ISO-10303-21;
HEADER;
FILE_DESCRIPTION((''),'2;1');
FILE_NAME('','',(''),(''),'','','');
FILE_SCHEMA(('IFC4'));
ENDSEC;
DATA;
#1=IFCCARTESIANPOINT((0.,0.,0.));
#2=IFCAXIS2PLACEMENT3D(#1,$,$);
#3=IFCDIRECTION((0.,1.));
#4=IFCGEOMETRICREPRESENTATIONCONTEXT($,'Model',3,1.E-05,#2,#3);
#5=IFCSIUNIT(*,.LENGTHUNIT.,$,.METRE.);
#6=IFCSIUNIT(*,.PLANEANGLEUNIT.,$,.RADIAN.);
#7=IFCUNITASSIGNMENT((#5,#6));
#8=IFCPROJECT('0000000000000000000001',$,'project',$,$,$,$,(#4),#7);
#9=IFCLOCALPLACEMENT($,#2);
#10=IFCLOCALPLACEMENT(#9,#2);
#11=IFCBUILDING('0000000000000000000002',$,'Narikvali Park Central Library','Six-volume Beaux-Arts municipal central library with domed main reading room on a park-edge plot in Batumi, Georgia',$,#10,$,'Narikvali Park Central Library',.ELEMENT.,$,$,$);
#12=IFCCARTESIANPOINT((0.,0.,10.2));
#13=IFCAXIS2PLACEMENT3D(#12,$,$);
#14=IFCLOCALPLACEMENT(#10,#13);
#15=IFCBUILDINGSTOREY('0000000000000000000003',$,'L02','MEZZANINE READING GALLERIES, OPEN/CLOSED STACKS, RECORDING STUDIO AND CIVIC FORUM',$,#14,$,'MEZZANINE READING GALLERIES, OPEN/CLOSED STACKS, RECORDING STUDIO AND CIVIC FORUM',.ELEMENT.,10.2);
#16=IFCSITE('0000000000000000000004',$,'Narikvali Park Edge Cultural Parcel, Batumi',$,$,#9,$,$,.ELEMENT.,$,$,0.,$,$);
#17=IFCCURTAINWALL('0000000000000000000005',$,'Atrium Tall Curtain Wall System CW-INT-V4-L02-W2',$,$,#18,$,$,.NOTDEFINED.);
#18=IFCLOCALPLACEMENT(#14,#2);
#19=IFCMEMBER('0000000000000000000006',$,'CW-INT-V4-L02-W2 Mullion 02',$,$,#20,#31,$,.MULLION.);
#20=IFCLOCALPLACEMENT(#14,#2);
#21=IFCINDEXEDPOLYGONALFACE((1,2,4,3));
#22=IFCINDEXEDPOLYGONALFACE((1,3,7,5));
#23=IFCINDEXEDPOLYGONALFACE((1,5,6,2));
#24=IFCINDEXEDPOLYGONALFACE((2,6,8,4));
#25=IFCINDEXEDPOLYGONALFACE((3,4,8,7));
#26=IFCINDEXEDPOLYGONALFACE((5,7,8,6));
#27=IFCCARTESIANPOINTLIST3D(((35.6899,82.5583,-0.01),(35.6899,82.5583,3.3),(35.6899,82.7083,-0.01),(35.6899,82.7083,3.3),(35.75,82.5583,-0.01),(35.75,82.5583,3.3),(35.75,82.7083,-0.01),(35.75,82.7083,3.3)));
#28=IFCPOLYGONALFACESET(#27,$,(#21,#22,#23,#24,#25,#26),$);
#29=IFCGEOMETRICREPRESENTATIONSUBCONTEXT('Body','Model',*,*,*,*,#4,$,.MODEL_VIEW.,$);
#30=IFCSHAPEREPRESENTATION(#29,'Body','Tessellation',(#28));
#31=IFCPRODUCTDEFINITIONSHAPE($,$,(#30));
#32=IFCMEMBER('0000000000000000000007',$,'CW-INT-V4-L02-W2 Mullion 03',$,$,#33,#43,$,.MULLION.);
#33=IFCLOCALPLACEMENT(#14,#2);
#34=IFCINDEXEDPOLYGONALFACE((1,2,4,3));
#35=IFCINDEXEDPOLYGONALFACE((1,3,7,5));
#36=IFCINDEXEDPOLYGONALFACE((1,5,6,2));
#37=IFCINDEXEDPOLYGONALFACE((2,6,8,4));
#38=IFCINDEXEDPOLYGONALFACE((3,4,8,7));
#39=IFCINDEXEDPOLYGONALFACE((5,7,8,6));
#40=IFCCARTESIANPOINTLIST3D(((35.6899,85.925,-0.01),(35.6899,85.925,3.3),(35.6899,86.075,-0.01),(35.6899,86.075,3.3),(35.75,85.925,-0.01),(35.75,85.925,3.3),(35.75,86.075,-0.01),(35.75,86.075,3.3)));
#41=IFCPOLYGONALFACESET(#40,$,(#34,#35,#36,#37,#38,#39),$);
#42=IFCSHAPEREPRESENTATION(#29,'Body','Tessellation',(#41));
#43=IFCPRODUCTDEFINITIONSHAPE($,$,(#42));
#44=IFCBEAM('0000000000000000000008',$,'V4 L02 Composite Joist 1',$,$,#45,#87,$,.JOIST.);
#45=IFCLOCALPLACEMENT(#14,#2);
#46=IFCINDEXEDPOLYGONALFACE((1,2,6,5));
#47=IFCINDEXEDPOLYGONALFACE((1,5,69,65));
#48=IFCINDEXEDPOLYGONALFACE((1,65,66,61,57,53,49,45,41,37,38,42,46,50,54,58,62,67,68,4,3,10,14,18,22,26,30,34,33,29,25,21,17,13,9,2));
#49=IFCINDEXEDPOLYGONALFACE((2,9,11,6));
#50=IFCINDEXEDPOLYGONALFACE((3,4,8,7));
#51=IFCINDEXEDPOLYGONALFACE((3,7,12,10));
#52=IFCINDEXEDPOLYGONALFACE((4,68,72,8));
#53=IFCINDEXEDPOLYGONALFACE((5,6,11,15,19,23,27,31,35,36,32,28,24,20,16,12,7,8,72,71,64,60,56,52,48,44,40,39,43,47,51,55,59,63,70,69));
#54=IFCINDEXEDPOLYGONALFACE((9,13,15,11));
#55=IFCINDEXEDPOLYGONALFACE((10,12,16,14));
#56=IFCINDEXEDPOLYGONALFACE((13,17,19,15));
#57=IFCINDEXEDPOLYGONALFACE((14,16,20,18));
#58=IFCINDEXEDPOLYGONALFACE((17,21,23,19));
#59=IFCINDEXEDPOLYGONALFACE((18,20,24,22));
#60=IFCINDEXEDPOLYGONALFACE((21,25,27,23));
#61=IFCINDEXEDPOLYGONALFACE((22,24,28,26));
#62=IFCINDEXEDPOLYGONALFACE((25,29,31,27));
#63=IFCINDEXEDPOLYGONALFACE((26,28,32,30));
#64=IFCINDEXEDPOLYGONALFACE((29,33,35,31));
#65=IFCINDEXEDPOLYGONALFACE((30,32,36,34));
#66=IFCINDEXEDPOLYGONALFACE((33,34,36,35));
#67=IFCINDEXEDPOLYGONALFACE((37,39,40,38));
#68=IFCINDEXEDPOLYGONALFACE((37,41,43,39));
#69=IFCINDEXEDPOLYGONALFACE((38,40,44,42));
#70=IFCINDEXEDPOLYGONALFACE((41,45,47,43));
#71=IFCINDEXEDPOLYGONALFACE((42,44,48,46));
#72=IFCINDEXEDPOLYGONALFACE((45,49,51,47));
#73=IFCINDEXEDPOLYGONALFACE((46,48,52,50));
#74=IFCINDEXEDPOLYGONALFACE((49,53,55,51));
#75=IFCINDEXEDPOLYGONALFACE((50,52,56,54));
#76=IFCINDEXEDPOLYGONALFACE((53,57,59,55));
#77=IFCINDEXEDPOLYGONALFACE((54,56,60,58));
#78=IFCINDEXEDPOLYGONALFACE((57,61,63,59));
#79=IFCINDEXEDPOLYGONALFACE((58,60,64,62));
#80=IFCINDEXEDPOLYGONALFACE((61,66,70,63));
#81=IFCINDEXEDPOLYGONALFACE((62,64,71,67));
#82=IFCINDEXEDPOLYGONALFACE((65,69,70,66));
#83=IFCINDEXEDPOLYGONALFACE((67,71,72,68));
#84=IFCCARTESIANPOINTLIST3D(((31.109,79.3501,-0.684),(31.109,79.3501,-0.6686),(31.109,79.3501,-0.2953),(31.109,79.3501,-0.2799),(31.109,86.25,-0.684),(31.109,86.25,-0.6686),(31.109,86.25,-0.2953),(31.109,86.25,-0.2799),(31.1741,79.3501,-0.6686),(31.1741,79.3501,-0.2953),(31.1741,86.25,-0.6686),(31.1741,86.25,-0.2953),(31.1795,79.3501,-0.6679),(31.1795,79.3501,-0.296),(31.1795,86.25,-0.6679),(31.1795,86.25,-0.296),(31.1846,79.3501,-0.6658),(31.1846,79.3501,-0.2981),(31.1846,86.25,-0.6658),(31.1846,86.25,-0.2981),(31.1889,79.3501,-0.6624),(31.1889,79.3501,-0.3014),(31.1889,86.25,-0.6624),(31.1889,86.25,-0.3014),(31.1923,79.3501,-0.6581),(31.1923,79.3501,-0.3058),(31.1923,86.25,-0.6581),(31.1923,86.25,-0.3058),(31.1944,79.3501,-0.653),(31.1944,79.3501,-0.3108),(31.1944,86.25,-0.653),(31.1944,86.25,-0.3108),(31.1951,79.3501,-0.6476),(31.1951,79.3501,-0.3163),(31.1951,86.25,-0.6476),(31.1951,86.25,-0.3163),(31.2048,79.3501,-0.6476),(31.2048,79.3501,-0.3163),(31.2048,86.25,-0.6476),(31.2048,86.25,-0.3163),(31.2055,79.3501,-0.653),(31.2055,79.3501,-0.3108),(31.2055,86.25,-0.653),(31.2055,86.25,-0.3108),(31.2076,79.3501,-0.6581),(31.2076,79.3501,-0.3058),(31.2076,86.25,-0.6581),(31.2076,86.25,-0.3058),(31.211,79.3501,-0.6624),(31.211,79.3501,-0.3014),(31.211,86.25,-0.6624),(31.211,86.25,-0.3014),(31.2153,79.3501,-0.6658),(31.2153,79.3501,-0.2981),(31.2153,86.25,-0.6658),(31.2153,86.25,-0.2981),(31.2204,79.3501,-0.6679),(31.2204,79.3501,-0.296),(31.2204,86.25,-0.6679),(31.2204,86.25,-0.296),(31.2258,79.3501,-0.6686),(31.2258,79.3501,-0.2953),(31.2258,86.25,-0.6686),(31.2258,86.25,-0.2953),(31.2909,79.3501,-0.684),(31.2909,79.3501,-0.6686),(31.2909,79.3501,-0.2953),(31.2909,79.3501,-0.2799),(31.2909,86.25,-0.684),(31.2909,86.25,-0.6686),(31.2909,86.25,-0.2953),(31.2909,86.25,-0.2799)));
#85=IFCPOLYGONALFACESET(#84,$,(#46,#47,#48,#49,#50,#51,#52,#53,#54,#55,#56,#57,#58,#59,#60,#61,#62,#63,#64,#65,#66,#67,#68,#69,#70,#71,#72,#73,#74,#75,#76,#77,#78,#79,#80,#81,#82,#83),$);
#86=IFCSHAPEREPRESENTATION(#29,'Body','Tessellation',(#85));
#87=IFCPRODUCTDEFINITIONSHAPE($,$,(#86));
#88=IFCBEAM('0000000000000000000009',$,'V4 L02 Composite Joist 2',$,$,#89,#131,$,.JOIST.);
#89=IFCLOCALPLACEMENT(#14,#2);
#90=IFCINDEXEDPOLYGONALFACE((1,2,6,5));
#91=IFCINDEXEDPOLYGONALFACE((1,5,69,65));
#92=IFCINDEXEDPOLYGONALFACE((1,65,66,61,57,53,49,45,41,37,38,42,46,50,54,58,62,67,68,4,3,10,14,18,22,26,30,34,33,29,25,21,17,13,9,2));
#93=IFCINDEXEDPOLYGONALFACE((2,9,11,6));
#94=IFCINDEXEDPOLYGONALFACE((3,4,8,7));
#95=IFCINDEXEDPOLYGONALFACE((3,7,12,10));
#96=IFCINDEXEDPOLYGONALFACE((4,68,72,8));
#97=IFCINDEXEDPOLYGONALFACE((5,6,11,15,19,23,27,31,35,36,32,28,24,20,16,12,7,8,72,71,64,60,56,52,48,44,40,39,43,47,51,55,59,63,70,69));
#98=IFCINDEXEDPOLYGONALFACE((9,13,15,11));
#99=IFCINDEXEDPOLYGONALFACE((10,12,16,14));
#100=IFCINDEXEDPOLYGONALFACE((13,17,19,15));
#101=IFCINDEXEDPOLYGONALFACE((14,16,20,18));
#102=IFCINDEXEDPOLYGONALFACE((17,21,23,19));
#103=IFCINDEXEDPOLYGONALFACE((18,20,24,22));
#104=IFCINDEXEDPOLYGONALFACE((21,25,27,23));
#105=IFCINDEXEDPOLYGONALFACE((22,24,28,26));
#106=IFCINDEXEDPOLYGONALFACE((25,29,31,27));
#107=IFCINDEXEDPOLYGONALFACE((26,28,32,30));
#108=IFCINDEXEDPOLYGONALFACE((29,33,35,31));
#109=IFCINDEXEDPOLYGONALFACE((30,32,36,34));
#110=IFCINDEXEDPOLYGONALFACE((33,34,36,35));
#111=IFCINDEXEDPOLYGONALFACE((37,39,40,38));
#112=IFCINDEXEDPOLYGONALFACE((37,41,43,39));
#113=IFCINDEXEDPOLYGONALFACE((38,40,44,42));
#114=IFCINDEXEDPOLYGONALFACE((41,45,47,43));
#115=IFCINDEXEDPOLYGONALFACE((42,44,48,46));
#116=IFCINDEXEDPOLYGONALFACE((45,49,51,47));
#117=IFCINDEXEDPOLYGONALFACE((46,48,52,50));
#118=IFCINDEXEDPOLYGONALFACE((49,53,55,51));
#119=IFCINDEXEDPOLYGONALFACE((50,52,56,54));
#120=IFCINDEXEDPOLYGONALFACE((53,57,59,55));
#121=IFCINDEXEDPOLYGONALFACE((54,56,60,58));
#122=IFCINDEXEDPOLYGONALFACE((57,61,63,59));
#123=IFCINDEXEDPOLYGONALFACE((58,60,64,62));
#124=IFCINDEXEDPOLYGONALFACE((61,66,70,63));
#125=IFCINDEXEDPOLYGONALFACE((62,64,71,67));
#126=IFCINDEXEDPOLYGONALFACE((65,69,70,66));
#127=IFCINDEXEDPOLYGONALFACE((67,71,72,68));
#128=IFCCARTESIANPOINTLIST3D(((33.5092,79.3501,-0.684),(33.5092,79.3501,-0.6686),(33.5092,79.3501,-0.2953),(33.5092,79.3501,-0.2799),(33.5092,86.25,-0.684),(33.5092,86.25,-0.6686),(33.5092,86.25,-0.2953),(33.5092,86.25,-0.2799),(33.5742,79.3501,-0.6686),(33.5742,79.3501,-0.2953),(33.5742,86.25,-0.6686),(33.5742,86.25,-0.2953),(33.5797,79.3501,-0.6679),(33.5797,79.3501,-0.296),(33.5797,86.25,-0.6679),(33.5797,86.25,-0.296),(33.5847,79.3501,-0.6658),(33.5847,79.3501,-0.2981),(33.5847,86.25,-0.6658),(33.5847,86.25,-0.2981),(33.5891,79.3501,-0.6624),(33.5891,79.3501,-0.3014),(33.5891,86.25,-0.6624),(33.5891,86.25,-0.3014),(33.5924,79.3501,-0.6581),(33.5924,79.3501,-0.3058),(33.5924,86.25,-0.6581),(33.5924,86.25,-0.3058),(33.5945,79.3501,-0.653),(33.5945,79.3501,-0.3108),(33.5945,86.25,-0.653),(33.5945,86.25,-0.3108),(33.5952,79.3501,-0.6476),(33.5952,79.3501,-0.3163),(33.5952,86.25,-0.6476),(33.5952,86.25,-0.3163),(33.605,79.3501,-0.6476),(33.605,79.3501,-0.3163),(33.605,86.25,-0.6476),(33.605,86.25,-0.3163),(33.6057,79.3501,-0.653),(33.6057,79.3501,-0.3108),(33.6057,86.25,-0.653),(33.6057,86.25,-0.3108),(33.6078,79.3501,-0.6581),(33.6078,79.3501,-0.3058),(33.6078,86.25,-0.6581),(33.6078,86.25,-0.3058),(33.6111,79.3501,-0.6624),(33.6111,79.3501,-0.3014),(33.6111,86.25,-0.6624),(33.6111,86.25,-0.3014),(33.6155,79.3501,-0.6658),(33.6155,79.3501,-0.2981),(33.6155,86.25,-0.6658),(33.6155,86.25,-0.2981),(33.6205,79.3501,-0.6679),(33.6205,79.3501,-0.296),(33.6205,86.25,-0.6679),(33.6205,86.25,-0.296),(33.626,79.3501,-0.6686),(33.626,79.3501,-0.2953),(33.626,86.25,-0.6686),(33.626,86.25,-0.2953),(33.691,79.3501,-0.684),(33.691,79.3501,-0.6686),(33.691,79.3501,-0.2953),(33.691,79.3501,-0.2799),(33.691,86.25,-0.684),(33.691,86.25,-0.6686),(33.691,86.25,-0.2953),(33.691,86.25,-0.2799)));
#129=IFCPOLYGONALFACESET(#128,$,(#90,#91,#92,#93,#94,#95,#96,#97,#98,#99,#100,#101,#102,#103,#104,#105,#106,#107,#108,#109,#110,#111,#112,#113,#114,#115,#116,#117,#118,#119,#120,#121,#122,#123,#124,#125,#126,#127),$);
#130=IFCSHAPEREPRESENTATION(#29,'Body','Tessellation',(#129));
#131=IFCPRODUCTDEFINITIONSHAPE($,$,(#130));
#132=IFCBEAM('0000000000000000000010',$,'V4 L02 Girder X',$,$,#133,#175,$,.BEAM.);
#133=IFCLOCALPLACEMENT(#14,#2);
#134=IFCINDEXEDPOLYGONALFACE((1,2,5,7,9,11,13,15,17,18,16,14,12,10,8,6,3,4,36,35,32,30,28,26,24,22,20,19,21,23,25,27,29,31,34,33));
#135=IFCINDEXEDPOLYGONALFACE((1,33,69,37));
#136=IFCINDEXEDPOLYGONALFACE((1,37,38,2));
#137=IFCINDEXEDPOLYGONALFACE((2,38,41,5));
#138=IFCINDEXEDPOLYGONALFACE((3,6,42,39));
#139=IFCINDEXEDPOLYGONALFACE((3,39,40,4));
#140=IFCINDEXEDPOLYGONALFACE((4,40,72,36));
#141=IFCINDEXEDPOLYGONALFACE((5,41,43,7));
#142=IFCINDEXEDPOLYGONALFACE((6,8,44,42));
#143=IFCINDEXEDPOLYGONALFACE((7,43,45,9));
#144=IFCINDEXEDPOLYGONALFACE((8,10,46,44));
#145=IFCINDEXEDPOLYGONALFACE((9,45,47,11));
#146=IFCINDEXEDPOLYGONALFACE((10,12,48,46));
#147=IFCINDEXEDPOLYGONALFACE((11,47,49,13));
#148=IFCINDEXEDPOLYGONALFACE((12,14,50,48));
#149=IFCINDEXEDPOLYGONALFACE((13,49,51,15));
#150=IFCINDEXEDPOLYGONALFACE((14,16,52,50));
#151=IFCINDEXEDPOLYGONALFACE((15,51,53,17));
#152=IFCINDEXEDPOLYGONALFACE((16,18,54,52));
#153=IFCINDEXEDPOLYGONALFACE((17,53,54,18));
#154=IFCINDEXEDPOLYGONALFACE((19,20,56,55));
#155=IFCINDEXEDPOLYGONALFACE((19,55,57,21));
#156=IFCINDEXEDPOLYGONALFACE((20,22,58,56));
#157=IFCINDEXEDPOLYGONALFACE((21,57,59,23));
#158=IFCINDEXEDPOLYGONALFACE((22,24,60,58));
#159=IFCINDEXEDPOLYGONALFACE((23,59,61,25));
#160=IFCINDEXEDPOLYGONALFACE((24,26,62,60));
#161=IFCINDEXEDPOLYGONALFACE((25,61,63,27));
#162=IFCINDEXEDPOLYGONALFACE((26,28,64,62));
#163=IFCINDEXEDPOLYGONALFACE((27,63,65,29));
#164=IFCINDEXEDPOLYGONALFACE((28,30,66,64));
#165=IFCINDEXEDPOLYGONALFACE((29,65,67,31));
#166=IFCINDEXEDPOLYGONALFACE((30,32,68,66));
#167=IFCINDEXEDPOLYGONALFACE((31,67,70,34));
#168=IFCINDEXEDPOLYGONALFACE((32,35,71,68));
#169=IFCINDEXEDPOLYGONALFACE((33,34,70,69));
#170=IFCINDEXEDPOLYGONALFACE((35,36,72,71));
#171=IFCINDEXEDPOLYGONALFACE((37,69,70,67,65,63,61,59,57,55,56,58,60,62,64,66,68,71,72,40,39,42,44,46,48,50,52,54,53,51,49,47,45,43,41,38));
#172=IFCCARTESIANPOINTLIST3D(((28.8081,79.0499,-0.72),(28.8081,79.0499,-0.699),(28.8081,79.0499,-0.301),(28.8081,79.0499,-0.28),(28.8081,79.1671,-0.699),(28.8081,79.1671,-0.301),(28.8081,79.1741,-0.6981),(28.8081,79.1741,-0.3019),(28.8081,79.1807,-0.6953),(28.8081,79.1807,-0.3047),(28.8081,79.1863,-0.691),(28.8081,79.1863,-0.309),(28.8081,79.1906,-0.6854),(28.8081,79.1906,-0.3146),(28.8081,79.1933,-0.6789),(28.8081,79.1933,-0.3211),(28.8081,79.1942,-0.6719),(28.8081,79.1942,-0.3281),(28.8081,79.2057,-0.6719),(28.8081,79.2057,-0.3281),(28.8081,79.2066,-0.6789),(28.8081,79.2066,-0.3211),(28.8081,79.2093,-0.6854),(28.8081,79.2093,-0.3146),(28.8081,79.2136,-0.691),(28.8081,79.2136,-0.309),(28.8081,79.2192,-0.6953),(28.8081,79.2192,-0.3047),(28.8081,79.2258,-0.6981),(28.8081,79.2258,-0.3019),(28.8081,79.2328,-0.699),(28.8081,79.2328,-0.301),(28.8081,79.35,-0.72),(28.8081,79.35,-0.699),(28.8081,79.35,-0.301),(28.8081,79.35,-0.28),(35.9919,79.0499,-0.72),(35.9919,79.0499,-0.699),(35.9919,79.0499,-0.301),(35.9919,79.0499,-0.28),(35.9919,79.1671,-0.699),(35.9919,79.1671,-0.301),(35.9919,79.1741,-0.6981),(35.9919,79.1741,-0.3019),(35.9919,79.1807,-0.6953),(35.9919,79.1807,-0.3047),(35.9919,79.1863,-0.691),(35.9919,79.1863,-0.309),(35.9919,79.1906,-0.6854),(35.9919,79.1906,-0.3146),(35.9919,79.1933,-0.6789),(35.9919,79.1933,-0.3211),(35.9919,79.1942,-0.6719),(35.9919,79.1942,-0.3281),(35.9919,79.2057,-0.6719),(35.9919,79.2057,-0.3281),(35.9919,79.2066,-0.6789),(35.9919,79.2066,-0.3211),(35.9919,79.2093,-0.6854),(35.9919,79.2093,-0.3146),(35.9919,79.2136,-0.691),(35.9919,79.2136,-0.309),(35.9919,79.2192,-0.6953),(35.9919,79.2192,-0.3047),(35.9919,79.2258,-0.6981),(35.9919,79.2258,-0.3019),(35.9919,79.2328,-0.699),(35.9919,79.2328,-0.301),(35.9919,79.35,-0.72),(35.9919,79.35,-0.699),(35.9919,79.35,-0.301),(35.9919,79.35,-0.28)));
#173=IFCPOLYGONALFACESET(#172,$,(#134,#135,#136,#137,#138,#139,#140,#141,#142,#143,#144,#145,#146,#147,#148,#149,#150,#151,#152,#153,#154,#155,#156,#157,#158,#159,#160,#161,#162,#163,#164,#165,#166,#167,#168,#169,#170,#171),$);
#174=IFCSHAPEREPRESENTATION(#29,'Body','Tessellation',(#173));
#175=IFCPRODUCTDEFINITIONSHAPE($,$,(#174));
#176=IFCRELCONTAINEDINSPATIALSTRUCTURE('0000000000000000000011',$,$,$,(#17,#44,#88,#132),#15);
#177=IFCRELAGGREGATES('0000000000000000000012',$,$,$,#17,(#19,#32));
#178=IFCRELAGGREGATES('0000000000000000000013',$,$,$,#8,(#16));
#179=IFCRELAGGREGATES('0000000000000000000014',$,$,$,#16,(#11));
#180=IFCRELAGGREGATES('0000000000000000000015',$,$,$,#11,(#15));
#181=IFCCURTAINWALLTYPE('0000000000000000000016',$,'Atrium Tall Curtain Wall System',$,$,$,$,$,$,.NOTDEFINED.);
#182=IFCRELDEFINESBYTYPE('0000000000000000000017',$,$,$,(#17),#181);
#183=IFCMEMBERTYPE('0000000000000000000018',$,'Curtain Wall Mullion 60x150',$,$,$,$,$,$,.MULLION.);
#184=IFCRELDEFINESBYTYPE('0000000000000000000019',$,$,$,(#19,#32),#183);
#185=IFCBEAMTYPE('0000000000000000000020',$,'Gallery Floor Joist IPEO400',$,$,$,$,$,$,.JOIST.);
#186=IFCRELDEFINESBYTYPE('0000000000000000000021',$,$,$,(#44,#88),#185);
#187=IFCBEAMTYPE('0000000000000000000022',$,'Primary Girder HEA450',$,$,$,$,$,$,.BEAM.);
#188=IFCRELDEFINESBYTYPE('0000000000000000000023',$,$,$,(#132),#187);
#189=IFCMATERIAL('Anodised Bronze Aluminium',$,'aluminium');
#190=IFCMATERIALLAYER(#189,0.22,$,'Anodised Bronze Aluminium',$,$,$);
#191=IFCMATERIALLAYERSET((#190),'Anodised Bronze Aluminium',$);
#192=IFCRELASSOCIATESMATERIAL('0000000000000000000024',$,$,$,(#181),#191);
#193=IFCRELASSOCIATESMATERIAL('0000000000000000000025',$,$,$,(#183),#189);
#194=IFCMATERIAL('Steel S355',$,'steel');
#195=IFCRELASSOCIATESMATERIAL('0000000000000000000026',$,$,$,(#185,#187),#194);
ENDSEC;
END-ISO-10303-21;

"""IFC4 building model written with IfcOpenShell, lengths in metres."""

from ifc_helpers import new_model, si_unit, direction, frame, origin, origin_2d, place, context, subcontext, project, spatial, rectangle, i_section, extrude, material, layer, layer_set, material_profile, profile_set, type_object, element, aggregate, save


model = new_model("IFC4")

# Units and contexts
model_context = context("Model", 3, precision=1e-05, world=origin(), true_north=direction((0.0, 1.0)))
body_context = subcontext(model_context, "Body", "Model", "MODEL_VIEW")
ifc_project = project(units=[si_unit("LENGTHUNIT", "METRE"), si_unit("PLANEANGLEUNIT", "RADIAN")], contexts=[model_context])

# Site, building, storey
site_placement = place(None, origin())
site = spatial("IfcSite", under=ifc_project, at=site_placement, Name="Narikvali Park Edge Cultural Parcel, Batumi", CompositionType="ELEMENT", RefElevation=0.0)
building_placement = place(site_placement, origin())
building = spatial("IfcBuilding", under=site, at=building_placement, Name="Narikvali Park Central Library", Description="Six-volume Beaux-Arts municipal central library with domed main reading room on a park-edge plot in Batumi, Georgia", LongName="Narikvali Park Central Library", CompositionType="ELEMENT")
storey_placement = place(building_placement, frame((0.0, 0.0, 10.2)))
storey = spatial("IfcBuildingStorey", under=building, at=storey_placement, Name="L02", Description="MEZZANINE READING GALLERIES, OPEN/CLOSED STACKS, RECORDING STUDIO AND CIVIC FORUM", LongName="MEZZANINE READING GALLERIES, OPEN/CLOSED STACKS, RECORDING STUDIO AND CIVIC FORUM", CompositionType="ELEMENT", Elevation=10.2)

# Shared definitions
ifc_material_1 = material(Name="Steel S355", Category="steel")

# Curtain wall, members
ifc_material_2 = material(Name="Anodised Bronze Aluminium", Category="aluminium")
ifc_layer_1 = layer(ifc_material_2, 0.22, Name="Anodised Bronze Aluminium")
ifc_layer_set_1 = layer_set([ifc_layer_1], Name="Anodised Bronze Aluminium")
curtain_wall_type = type_object("IfcCurtainWallType", Name="Atrium Tall Curtain Wall System", PredefinedType="NOTDEFINED", material=ifc_layer_set_1)
curtain_wall_placement = place(storey_placement, origin())
curtain_wall = element("IfcCurtainWall", 1, at=curtain_wall_placement, inside=storey, type_object=curtain_wall_type, Name="Atrium Tall Curtain Wall System CW-INT-V4-L02-W2", PredefinedType="NOTDEFINED")
ifc_material_profile_1 = material_profile(ifc_material_2, rectangle(XDim=0.0601, YDim=0.1499, at=origin_2d()), Name="CW MULLION 60x150")
ifc_profile_set_1 = profile_set([ifc_material_profile_1], Name="Anodised Bronze Aluminium")
member_type_1 = type_object("IfcMemberType", Name="Curtain Wall Mullion 60x150", PredefinedType="MULLION", material=ifc_profile_set_1)
member_1_placement = place(storey_placement, frame((35.72, 82.6333, -0.01), z_axis=(0.0, 0.0, 1.0), x_axis=(1.0, 0.0, 0.0)))
member_1 = element("IfcMember", 2, at=member_1_placement, type_object=member_type_1, Name="CW-INT-V4-L02-W2 Mullion 02", PredefinedType="MULLION", context=body_context, shape_type="SweptSolid", body=[
    extrude(rectangle(XDim=0.0601, YDim=0.1499, at=origin_2d()), origin(), (0.0, 0.0, 1.0), 3.3101),
])
member_2_placement = place(storey_placement, frame((35.72, 86.0, -0.01), z_axis=(0.0, 0.0, 1.0), x_axis=(1.0, 0.0, 0.0)))
member_2 = element("IfcMember", 3, at=member_2_placement, type_object=member_type_1, Name="CW-INT-V4-L02-W2 Mullion 03", PredefinedType="MULLION", context=body_context, shape_type="SweptSolid", body=[
    extrude(rectangle(XDim=0.0601, YDim=0.1499, at=origin_2d()), origin(), (0.0, 0.0, 1.0), 3.3101),
])

# Beams
ifc_material_profile_2 = material_profile(ifc_material_1, i_section(OverallWidth=0.1819, OverallDepth=0.4041, WebThickness=0.0098, FlangeThickness=0.0154, FilletRadius=0.021, at=origin_2d()), Name="IPEO 400")
ifc_profile_set_2 = profile_set([ifc_material_profile_2], Name="Steel S355")
beam_type_1 = type_object("IfcBeamType", Name="Gallery Floor Joist IPEO400", PredefinedType="JOIST", material=ifc_profile_set_2)
for number, where, z_axis, x_axis, name in (
    (4, (31.2, 79.3501, -0.4819), (0.0, 1.0, 0.0), (-1.0, 0.0, 0.0), "V4 L02 Composite Joist 1"),
    (5, (33.6001, 79.3501, -0.4819), (0.0, 1.0, 0.0), (-1.0, 0.0, 0.0), "V4 L02 Composite Joist 2"),
):
    element("IfcBeam", number, at=place(storey_placement, frame(where, z_axis=z_axis, x_axis=x_axis)), inside=storey, type_object=beam_type_1, Name=name, PredefinedType="JOIST", context=body_context, shape_type="SweptSolid", body=[
        extrude(i_section(OverallWidth=0.1819, OverallDepth=0.4041, WebThickness=0.0098, FlangeThickness=0.0154, FilletRadius=0.021, at=origin_2d()), origin(), (0.0, 0.0, 1.0), 6.8999),
    ])
ifc_material_profile_3 = material_profile(ifc_material_1, i_section(OverallWidth=0.3, OverallDepth=0.4399, WebThickness=0.0115, FlangeThickness=0.021, FilletRadius=0.0271, at=origin_2d()), Name="HEA 450")
ifc_profile_set_3 = profile_set([ifc_material_profile_3], Name="Steel S355")
beam_type_2 = type_object("IfcBeamType", Name="Primary Girder HEA450", PredefinedType="BEAM", material=ifc_profile_set_3)
for number, where, z_axis, x_axis, name in (
    (6, (28.8081, 79.2, -0.5), (1.0, 0.0, 0.0), (0.0, 1.0, 0.0), "V4 L02 Girder X"),
):
    element("IfcBeam", number, at=place(storey_placement, frame(where, z_axis=z_axis, x_axis=x_axis)), inside=storey, type_object=beam_type_2, Name=name, PredefinedType="BEAM", context=body_context, shape_type="SweptSolid", body=[
        extrude(i_section(OverallWidth=0.3, OverallDepth=0.4399, WebThickness=0.0115, FlangeThickness=0.021, FilletRadius=0.0271, at=origin_2d()), origin(), (0.0, 0.0, 1.0), 7.1838),
    ])

aggregate(curtain_wall, [member_1, member_2])

save(model, "model.ifc")
